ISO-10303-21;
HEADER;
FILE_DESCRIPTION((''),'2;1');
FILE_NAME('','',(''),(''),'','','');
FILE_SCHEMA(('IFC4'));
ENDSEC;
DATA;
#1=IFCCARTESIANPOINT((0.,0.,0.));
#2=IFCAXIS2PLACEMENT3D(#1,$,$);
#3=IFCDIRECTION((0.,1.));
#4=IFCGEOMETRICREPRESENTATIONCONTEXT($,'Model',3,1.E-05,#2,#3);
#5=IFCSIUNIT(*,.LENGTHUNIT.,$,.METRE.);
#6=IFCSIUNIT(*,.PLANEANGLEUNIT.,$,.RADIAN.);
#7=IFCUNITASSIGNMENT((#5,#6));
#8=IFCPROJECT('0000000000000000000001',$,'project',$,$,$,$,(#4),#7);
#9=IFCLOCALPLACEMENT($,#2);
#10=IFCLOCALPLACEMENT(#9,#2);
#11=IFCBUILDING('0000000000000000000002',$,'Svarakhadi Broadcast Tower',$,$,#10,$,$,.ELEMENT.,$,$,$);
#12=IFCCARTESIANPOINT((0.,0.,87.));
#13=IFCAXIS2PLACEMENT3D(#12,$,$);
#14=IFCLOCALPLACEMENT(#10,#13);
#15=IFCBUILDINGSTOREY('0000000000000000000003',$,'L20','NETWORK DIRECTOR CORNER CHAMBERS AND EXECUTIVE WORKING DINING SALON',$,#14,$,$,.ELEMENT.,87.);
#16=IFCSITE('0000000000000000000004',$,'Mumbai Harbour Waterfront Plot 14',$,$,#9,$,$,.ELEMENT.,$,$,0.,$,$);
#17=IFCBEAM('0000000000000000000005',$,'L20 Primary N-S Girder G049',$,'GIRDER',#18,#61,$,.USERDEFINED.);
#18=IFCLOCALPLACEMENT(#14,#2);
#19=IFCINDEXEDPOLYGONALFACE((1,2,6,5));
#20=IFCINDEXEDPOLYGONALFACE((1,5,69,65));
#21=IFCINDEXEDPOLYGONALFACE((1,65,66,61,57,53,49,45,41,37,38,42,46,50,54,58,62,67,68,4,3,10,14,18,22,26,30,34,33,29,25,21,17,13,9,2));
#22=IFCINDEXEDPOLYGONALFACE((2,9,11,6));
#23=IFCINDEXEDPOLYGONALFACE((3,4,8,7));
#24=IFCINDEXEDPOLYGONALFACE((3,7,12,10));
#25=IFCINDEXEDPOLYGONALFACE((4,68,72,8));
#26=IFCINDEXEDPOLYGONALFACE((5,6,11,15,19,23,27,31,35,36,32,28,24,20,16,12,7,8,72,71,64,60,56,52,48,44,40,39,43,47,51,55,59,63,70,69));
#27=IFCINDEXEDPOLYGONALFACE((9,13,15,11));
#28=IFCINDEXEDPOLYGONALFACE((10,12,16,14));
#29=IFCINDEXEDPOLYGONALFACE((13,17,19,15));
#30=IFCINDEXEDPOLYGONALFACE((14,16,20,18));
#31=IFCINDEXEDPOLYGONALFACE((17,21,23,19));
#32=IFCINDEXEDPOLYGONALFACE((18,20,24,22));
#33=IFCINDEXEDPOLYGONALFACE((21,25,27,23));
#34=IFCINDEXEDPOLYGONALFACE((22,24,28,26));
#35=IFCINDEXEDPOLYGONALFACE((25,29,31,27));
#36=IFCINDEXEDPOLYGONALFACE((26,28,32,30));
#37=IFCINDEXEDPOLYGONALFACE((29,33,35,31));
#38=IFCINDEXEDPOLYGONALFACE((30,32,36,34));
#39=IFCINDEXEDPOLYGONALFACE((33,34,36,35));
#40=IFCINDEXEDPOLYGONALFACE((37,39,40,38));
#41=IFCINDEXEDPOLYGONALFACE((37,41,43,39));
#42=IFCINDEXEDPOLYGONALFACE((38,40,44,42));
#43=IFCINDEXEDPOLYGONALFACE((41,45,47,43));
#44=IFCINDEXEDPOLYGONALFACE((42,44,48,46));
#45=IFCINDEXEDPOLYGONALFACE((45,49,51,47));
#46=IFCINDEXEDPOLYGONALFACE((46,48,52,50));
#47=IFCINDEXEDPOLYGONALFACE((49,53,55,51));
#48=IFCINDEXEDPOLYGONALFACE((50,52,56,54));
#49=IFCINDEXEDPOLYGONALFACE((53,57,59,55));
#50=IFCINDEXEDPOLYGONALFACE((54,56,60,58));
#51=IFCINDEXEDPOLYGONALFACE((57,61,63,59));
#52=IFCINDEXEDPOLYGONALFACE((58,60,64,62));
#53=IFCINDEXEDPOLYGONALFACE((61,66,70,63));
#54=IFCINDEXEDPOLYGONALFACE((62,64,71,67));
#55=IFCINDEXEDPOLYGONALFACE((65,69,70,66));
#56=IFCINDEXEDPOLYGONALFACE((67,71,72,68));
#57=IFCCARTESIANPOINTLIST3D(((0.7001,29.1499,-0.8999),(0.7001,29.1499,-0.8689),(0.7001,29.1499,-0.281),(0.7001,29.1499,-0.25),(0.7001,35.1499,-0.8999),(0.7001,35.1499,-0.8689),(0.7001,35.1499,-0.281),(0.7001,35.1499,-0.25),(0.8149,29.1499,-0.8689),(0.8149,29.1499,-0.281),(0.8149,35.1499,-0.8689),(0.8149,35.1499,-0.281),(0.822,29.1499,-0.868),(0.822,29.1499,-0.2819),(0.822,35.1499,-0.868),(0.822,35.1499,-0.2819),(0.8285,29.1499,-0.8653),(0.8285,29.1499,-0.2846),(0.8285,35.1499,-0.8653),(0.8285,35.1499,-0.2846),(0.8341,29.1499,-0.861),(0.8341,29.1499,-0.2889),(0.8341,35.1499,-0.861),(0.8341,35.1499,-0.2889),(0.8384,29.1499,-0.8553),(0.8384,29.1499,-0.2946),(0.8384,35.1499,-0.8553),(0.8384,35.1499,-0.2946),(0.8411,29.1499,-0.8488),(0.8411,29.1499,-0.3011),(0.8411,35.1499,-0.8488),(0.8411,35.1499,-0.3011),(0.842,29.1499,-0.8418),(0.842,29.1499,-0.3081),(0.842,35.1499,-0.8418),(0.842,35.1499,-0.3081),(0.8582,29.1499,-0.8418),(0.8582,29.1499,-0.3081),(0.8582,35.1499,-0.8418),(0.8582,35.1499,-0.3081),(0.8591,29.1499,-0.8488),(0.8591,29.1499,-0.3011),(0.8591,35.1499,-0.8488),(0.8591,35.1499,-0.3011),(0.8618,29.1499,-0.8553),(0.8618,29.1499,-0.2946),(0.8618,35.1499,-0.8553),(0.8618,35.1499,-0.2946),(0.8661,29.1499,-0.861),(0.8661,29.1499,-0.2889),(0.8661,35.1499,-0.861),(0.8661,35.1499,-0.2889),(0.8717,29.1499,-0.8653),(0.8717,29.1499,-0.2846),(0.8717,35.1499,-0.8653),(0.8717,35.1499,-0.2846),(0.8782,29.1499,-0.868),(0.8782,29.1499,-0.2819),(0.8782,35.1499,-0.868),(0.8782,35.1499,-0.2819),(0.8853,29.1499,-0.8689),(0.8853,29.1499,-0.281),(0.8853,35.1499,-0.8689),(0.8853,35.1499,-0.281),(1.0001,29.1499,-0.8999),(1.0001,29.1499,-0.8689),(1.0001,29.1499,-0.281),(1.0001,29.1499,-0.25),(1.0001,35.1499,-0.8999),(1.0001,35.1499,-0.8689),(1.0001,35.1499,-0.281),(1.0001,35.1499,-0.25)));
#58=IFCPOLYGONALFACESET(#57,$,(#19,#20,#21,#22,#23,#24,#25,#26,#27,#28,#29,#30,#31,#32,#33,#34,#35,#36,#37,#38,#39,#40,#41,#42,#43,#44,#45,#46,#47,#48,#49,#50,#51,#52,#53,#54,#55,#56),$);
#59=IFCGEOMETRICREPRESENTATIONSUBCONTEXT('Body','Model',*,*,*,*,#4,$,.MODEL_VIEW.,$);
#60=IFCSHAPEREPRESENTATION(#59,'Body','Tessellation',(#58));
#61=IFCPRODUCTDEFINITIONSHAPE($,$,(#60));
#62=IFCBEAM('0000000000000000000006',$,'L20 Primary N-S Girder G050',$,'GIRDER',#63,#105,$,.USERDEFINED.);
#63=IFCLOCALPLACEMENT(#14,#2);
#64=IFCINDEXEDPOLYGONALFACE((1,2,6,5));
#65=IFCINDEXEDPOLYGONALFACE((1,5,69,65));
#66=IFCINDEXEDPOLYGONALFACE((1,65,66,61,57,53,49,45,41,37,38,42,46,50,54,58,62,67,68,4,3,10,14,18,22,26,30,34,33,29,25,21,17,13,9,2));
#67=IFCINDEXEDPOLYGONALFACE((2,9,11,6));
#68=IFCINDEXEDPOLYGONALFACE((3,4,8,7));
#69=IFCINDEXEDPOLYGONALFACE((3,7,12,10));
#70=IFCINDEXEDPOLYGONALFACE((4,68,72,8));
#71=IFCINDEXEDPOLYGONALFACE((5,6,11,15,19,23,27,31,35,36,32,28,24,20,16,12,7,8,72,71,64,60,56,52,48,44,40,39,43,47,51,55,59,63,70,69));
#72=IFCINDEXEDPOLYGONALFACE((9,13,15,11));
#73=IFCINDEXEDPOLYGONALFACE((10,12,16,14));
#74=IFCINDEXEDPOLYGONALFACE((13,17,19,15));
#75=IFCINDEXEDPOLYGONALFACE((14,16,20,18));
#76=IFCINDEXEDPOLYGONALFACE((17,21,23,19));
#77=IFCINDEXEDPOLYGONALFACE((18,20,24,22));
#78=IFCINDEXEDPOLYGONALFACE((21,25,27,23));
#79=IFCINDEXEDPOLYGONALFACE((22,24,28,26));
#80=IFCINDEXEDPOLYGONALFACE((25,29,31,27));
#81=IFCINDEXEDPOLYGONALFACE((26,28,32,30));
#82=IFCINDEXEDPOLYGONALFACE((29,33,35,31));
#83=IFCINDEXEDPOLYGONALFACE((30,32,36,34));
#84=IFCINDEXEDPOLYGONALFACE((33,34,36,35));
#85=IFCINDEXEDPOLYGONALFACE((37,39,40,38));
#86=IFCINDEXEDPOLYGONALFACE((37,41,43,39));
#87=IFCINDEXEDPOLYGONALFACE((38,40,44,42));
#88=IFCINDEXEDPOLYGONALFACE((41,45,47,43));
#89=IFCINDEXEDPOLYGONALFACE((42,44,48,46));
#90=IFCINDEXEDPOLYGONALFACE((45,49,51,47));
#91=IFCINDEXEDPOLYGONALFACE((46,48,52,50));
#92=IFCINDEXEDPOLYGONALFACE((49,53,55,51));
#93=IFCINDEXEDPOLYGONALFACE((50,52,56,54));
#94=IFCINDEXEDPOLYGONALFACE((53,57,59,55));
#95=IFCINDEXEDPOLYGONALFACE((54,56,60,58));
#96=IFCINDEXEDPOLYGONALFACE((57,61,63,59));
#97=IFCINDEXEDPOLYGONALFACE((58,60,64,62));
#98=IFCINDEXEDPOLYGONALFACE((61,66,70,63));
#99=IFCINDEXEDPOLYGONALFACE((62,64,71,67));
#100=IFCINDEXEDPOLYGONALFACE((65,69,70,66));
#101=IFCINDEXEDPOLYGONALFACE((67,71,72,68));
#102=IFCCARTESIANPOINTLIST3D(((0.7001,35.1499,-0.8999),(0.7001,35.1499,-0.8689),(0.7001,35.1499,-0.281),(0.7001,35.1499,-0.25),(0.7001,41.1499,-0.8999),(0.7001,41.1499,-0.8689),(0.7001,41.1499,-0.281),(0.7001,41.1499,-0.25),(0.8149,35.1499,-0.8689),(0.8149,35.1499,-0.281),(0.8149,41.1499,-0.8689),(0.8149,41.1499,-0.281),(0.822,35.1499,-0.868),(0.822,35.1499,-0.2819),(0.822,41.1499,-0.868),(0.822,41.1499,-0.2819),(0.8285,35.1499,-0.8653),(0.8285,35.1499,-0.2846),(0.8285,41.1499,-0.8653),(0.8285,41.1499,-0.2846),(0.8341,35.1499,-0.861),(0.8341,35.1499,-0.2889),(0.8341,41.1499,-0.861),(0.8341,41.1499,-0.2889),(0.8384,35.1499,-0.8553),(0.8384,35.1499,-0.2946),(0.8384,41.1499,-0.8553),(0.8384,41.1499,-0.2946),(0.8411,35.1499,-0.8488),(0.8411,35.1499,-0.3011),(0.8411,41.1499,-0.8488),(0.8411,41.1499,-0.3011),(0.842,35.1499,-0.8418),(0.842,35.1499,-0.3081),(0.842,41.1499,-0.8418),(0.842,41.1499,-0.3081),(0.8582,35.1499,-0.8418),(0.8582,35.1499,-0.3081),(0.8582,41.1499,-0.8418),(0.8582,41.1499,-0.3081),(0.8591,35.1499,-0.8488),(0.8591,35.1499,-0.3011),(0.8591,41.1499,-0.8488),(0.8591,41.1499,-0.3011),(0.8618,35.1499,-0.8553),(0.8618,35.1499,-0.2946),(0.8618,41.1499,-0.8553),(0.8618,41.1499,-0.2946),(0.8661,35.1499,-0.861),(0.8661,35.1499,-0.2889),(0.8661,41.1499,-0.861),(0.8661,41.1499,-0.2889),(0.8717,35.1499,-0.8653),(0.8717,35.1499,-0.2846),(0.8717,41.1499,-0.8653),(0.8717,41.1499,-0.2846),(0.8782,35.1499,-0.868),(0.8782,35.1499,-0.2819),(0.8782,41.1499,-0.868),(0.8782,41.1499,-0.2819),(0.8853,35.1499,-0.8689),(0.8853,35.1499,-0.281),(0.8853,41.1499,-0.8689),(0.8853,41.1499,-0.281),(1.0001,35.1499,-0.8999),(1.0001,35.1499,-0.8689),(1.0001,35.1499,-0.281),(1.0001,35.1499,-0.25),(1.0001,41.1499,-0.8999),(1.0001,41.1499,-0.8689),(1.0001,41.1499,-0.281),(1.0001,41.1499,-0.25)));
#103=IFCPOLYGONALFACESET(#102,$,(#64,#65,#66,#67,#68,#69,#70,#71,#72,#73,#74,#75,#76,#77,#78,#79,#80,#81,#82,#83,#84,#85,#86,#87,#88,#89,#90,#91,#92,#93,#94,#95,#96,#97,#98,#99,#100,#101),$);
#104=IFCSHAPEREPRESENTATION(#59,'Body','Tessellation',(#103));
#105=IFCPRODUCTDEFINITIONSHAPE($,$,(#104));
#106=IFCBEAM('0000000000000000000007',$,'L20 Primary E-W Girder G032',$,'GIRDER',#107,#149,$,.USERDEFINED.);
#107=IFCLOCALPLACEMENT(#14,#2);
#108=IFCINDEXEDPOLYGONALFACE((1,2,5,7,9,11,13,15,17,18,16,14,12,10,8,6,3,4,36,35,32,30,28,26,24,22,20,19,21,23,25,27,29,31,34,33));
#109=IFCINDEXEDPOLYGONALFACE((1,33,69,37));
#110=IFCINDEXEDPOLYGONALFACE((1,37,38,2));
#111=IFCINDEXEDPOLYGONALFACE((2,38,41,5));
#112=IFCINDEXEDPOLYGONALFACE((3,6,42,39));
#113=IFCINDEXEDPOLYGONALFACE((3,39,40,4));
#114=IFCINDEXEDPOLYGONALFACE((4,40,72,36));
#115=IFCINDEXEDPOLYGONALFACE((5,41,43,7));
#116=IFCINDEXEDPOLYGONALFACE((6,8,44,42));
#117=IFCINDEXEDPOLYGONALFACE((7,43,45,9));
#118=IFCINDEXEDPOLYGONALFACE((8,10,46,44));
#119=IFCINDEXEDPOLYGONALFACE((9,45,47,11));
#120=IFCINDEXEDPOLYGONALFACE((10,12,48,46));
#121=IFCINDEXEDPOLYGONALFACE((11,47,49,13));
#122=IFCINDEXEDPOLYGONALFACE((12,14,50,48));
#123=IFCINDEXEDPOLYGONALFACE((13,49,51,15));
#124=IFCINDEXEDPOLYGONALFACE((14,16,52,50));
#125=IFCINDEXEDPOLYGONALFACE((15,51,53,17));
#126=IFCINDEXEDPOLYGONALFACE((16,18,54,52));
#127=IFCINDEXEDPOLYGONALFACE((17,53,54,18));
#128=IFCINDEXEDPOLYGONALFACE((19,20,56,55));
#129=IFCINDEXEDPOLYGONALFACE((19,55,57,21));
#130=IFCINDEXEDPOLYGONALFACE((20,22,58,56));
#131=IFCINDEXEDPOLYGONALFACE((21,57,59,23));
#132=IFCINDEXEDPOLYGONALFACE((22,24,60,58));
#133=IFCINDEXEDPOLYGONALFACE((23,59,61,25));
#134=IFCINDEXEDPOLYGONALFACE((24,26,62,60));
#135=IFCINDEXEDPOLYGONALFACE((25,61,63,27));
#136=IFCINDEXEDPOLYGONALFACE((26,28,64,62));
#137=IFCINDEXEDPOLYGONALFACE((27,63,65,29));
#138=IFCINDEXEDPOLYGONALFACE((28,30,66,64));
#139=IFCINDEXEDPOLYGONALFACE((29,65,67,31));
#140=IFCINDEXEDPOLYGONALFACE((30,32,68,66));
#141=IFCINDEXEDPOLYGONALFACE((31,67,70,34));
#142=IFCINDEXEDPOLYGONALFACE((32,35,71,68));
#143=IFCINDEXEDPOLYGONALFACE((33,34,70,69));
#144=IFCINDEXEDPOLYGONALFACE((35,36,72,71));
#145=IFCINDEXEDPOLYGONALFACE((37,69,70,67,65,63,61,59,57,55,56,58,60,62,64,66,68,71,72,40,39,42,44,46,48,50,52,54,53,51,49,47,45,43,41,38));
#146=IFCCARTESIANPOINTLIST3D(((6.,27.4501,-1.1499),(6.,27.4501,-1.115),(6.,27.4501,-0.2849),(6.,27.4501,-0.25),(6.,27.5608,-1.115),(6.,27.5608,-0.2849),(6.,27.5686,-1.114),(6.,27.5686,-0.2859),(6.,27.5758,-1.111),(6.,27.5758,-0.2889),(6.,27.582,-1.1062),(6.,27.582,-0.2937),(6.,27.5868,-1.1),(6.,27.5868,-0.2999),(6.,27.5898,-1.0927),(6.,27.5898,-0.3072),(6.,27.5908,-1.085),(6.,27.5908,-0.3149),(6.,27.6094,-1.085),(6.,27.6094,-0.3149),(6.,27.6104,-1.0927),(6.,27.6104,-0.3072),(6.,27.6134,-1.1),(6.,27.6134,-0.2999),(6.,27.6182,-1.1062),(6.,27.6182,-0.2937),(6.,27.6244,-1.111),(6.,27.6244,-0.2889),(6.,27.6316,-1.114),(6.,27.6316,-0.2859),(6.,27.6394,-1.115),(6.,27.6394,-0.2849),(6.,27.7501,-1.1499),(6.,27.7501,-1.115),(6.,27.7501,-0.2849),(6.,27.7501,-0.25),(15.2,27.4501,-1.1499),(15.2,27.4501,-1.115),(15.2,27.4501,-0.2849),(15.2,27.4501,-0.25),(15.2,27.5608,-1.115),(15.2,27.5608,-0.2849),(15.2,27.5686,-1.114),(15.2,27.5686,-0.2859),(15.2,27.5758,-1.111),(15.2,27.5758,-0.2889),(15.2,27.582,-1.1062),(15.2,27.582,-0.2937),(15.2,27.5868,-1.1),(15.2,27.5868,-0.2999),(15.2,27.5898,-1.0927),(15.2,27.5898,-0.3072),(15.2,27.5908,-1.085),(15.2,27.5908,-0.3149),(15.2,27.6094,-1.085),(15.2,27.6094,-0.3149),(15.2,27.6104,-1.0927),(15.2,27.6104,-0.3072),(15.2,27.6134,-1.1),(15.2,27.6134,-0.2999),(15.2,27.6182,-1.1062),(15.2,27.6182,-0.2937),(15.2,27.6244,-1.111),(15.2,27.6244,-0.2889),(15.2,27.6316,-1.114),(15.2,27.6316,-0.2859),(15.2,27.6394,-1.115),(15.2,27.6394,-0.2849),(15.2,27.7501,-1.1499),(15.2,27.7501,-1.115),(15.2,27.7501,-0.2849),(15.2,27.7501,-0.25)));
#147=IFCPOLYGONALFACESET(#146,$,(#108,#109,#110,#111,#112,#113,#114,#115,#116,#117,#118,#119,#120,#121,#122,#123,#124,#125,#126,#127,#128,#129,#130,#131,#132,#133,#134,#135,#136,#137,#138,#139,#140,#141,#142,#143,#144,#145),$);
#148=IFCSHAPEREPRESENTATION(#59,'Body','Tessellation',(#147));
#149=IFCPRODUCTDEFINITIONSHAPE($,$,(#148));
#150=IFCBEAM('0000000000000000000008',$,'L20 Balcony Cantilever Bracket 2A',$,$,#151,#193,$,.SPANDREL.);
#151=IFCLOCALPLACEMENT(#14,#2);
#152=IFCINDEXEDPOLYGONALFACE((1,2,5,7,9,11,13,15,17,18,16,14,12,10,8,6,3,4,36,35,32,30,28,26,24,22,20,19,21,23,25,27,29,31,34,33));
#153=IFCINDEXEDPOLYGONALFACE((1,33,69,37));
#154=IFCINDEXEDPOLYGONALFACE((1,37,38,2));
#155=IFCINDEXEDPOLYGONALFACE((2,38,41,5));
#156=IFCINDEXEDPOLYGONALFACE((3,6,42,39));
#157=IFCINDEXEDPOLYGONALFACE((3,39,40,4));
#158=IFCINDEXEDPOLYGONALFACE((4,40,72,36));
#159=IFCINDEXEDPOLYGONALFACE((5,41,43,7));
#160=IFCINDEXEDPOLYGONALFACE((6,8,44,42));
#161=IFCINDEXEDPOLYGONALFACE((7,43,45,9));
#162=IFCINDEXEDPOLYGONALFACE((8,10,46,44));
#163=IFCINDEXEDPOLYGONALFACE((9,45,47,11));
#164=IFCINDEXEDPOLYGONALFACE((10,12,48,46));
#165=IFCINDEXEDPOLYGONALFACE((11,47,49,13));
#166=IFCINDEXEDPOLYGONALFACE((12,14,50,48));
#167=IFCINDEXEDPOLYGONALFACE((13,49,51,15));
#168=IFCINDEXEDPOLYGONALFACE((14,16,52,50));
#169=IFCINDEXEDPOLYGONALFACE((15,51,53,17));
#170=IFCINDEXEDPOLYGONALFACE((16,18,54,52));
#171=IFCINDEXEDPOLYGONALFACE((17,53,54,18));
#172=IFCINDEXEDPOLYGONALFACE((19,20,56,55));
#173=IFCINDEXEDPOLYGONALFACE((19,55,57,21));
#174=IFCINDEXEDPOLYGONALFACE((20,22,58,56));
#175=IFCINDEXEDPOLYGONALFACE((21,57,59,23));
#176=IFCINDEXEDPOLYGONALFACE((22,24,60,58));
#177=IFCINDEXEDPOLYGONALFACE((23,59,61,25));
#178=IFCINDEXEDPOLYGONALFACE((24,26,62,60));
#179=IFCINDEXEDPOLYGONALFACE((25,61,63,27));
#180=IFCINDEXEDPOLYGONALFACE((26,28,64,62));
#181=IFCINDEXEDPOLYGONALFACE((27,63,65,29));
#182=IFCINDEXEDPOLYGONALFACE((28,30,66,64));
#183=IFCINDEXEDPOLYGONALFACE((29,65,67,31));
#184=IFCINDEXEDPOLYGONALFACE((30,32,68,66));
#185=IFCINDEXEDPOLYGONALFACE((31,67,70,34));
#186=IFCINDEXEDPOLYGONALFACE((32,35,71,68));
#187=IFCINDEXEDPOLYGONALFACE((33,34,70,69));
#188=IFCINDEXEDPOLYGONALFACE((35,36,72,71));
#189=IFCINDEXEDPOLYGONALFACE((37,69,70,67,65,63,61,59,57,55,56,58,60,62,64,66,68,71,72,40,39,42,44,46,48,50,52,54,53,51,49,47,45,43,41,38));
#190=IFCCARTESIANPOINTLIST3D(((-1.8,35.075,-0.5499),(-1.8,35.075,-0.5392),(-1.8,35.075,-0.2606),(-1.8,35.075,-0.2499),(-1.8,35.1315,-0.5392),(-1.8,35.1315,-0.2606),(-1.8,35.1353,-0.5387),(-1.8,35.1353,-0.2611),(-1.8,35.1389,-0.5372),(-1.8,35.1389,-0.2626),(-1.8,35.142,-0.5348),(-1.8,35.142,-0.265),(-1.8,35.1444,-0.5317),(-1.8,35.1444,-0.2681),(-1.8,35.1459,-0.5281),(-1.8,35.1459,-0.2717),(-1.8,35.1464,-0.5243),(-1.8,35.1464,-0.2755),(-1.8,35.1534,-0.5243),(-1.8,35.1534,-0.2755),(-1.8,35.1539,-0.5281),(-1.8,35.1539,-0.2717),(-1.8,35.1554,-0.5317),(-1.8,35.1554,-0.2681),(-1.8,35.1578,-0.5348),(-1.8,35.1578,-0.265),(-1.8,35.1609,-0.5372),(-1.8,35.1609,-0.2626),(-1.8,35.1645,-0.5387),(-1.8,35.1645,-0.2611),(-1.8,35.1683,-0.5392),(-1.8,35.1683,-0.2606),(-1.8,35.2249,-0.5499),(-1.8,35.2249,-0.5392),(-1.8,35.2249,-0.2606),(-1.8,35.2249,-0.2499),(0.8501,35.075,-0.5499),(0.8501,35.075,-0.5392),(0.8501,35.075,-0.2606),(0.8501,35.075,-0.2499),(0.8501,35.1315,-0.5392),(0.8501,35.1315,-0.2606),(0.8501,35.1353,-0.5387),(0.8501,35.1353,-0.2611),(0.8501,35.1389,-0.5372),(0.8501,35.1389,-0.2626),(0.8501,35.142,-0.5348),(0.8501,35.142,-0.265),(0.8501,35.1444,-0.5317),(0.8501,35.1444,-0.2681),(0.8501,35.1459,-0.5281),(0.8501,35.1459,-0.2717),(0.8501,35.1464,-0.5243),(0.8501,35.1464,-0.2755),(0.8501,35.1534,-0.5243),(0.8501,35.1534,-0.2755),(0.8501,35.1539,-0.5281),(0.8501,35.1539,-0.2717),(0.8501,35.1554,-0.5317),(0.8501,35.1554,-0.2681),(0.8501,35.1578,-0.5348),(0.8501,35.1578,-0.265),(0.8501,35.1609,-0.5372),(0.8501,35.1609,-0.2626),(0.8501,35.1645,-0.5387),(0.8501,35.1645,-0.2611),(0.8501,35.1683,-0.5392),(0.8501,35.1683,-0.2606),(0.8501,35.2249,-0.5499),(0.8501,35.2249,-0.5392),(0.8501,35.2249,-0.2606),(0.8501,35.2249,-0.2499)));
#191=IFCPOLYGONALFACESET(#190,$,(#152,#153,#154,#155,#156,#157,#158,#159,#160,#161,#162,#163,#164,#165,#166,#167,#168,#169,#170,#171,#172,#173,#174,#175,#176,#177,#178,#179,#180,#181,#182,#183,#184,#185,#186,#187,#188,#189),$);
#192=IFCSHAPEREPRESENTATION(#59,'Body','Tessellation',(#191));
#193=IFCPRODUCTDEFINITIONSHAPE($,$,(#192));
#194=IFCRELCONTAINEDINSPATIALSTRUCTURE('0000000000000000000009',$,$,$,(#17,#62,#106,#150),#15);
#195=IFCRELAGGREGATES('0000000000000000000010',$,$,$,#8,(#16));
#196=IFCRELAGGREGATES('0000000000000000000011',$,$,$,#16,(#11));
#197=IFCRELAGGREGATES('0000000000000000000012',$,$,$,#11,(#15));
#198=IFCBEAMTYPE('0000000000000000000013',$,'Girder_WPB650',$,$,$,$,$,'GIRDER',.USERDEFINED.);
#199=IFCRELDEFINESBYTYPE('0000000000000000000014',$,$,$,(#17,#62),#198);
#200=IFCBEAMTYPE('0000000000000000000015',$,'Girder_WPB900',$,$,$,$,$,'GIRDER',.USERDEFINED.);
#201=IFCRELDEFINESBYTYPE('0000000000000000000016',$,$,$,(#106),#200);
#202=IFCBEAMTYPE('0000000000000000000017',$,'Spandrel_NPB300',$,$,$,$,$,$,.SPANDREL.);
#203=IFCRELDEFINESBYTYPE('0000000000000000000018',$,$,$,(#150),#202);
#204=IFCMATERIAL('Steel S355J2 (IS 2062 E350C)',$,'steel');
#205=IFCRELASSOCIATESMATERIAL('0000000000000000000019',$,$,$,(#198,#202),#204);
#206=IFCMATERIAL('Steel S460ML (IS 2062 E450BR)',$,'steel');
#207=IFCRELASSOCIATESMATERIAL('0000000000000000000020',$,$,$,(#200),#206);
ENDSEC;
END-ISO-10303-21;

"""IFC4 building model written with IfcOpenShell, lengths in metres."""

from ifc_helpers import new_model, si_unit, direction, frame, origin, origin_2d, place, context, subcontext, project, spatial, i_section, extrude, material, material_profile, profile_set, type_object, element, save


model = new_model("IFC4")

# Units and contexts
model_context = context("Model", 3, precision=1e-05, world=origin(), true_north=direction((0.0, 1.0)))
body_context = subcontext(model_context, "Body", "Model", "MODEL_VIEW")
ifc_project = project(units=[si_unit("LENGTHUNIT", "METRE"), si_unit("PLANEANGLEUNIT", "RADIAN")], contexts=[model_context])

# Site, building, storey
site_placement = place(None, origin())
site = spatial("IfcSite", under=ifc_project, at=site_placement, Name="Mumbai Harbour Waterfront Plot 14", CompositionType="ELEMENT", RefElevation=0.0)
building_placement = place(site_placement, origin())
building = spatial("IfcBuilding", under=site, at=building_placement, Name="Svarakhadi Broadcast Tower", CompositionType="ELEMENT")
storey_placement = place(building_placement, frame((0.0, 0.0, 87.0)))
storey = spatial("IfcBuildingStorey", under=building, at=storey_placement, Name="L20", Description="NETWORK DIRECTOR CORNER CHAMBERS AND EXECUTIVE WORKING DINING SALON", CompositionType="ELEMENT", Elevation=87.0)

# Shared definitions
ifc_material_1 = material(Name="Steel S460ML (IS 2062 E450BR)", Category="steel")

# Shared definitions
ifc_material_2 = material(Name="Steel S355J2 (IS 2062 E350C)", Category="steel")

# Beams
ifc_material_profile_1 = material_profile(ifc_material_2, i_section(OverallWidth=0.3, OverallDepth=0.6499, WebThickness=0.0161, FlangeThickness=0.031, FilletRadius=0.0271, at=origin_2d()), Name="WPB 650x300x225")
ifc_profile_set_1 = profile_set([ifc_material_profile_1], Name="Steel S355J2 (IS 2062 E350C)")
beam_type_1 = type_object("IfcBeamType", Name="Girder_WPB650", ElementType="GIRDER", PredefinedType="USERDEFINED", material=ifc_profile_set_1)
for number, where, z_axis, x_axis, name in (
    (1, (0.8501, 29.1499, -0.575), (0.0, 1.0, 0.0), (-1.0, 0.0, 0.0), "L20 Primary N-S Girder G049"),
    (2, (0.8501, 35.1499, -0.575), (0.0, 1.0, 0.0), (-1.0, 0.0, 0.0), "L20 Primary N-S Girder G050"),
):
    element("IfcBeam", number, at=place(storey_placement, frame(where, z_axis=z_axis, x_axis=x_axis)), inside=storey, type_object=beam_type_1, Name=name, ObjectType="GIRDER", PredefinedType="USERDEFINED", context=body_context, shape_type="SweptSolid", body=[
        extrude(i_section(OverallWidth=0.3, OverallDepth=0.6499, WebThickness=0.0161, FlangeThickness=0.031, FilletRadius=0.0271, at=origin_2d()), origin(), (0.0, 0.0, 1.0), 6.0),
    ])
ifc_material_profile_2 = material_profile(ifc_material_1, i_section(OverallWidth=0.3, OverallDepth=0.8999, WebThickness=0.0186, FlangeThickness=0.0349, FilletRadius=0.03, at=origin_2d()), Name="WPB 900x300x291")
ifc_profile_set_2 = profile_set([ifc_material_profile_2], Name="Steel S460ML (IS 2062 E450BR)")
beam_type_2 = type_object("IfcBeamType", Name="Girder_WPB900", ElementType="GIRDER", PredefinedType="USERDEFINED", material=ifc_profile_set_2)
beam_1_placement = place(storey_placement, frame((6.0, 27.6001, -0.7), z_axis=(1.0, 0.0, 0.0), x_axis=(0.0, 1.0, 0.0)))
element("IfcBeam", 3, at=beam_1_placement, inside=storey, type_object=beam_type_2, Name="L20 Primary E-W Girder G032", ObjectType="GIRDER", PredefinedType="USERDEFINED", context=body_context, shape_type="SweptSolid", body=[
    extrude(i_section(OverallWidth=0.3, OverallDepth=0.8999, WebThickness=0.0186, FlangeThickness=0.0349, FilletRadius=0.03, at=origin_2d()), origin(), (0.0, 0.0, 1.0), 9.2),
])
ifc_material_profile_3 = material_profile(ifc_material_2, i_section(OverallWidth=0.1499, OverallDepth=0.3, WebThickness=0.0071, FlangeThickness=0.0107, FilletRadius=0.0149, at=origin_2d()), Name="NPB 300x150x37")
ifc_profile_set_3 = profile_set([ifc_material_profile_3], Name="Steel S355J2 (IS 2062 E350C)")
beam_type_3 = type_object("IfcBeamType", Name="Spandrel_NPB300", PredefinedType="SPANDREL", material=ifc_profile_set_3)
beam_2_placement = place(storey_placement, frame((0.8501, 35.1499, -0.3999), z_axis=(-1.0, 0.0, 0.0), x_axis=(0.0, -1.0, 0.0)))
element("IfcBeam", 4, at=beam_2_placement, inside=storey, type_object=beam_type_3, Name="L20 Balcony Cantilever Bracket 2A", PredefinedType="SPANDREL", context=body_context, shape_type="SweptSolid", body=[
    extrude(i_section(OverallWidth=0.1499, OverallDepth=0.3, WebThickness=0.0071, FlangeThickness=0.0107, FilletRadius=0.0149, at=origin_2d()), origin(), (0.0, 0.0, 1.0), 2.6501),
])

save(model, "model.ifc")
